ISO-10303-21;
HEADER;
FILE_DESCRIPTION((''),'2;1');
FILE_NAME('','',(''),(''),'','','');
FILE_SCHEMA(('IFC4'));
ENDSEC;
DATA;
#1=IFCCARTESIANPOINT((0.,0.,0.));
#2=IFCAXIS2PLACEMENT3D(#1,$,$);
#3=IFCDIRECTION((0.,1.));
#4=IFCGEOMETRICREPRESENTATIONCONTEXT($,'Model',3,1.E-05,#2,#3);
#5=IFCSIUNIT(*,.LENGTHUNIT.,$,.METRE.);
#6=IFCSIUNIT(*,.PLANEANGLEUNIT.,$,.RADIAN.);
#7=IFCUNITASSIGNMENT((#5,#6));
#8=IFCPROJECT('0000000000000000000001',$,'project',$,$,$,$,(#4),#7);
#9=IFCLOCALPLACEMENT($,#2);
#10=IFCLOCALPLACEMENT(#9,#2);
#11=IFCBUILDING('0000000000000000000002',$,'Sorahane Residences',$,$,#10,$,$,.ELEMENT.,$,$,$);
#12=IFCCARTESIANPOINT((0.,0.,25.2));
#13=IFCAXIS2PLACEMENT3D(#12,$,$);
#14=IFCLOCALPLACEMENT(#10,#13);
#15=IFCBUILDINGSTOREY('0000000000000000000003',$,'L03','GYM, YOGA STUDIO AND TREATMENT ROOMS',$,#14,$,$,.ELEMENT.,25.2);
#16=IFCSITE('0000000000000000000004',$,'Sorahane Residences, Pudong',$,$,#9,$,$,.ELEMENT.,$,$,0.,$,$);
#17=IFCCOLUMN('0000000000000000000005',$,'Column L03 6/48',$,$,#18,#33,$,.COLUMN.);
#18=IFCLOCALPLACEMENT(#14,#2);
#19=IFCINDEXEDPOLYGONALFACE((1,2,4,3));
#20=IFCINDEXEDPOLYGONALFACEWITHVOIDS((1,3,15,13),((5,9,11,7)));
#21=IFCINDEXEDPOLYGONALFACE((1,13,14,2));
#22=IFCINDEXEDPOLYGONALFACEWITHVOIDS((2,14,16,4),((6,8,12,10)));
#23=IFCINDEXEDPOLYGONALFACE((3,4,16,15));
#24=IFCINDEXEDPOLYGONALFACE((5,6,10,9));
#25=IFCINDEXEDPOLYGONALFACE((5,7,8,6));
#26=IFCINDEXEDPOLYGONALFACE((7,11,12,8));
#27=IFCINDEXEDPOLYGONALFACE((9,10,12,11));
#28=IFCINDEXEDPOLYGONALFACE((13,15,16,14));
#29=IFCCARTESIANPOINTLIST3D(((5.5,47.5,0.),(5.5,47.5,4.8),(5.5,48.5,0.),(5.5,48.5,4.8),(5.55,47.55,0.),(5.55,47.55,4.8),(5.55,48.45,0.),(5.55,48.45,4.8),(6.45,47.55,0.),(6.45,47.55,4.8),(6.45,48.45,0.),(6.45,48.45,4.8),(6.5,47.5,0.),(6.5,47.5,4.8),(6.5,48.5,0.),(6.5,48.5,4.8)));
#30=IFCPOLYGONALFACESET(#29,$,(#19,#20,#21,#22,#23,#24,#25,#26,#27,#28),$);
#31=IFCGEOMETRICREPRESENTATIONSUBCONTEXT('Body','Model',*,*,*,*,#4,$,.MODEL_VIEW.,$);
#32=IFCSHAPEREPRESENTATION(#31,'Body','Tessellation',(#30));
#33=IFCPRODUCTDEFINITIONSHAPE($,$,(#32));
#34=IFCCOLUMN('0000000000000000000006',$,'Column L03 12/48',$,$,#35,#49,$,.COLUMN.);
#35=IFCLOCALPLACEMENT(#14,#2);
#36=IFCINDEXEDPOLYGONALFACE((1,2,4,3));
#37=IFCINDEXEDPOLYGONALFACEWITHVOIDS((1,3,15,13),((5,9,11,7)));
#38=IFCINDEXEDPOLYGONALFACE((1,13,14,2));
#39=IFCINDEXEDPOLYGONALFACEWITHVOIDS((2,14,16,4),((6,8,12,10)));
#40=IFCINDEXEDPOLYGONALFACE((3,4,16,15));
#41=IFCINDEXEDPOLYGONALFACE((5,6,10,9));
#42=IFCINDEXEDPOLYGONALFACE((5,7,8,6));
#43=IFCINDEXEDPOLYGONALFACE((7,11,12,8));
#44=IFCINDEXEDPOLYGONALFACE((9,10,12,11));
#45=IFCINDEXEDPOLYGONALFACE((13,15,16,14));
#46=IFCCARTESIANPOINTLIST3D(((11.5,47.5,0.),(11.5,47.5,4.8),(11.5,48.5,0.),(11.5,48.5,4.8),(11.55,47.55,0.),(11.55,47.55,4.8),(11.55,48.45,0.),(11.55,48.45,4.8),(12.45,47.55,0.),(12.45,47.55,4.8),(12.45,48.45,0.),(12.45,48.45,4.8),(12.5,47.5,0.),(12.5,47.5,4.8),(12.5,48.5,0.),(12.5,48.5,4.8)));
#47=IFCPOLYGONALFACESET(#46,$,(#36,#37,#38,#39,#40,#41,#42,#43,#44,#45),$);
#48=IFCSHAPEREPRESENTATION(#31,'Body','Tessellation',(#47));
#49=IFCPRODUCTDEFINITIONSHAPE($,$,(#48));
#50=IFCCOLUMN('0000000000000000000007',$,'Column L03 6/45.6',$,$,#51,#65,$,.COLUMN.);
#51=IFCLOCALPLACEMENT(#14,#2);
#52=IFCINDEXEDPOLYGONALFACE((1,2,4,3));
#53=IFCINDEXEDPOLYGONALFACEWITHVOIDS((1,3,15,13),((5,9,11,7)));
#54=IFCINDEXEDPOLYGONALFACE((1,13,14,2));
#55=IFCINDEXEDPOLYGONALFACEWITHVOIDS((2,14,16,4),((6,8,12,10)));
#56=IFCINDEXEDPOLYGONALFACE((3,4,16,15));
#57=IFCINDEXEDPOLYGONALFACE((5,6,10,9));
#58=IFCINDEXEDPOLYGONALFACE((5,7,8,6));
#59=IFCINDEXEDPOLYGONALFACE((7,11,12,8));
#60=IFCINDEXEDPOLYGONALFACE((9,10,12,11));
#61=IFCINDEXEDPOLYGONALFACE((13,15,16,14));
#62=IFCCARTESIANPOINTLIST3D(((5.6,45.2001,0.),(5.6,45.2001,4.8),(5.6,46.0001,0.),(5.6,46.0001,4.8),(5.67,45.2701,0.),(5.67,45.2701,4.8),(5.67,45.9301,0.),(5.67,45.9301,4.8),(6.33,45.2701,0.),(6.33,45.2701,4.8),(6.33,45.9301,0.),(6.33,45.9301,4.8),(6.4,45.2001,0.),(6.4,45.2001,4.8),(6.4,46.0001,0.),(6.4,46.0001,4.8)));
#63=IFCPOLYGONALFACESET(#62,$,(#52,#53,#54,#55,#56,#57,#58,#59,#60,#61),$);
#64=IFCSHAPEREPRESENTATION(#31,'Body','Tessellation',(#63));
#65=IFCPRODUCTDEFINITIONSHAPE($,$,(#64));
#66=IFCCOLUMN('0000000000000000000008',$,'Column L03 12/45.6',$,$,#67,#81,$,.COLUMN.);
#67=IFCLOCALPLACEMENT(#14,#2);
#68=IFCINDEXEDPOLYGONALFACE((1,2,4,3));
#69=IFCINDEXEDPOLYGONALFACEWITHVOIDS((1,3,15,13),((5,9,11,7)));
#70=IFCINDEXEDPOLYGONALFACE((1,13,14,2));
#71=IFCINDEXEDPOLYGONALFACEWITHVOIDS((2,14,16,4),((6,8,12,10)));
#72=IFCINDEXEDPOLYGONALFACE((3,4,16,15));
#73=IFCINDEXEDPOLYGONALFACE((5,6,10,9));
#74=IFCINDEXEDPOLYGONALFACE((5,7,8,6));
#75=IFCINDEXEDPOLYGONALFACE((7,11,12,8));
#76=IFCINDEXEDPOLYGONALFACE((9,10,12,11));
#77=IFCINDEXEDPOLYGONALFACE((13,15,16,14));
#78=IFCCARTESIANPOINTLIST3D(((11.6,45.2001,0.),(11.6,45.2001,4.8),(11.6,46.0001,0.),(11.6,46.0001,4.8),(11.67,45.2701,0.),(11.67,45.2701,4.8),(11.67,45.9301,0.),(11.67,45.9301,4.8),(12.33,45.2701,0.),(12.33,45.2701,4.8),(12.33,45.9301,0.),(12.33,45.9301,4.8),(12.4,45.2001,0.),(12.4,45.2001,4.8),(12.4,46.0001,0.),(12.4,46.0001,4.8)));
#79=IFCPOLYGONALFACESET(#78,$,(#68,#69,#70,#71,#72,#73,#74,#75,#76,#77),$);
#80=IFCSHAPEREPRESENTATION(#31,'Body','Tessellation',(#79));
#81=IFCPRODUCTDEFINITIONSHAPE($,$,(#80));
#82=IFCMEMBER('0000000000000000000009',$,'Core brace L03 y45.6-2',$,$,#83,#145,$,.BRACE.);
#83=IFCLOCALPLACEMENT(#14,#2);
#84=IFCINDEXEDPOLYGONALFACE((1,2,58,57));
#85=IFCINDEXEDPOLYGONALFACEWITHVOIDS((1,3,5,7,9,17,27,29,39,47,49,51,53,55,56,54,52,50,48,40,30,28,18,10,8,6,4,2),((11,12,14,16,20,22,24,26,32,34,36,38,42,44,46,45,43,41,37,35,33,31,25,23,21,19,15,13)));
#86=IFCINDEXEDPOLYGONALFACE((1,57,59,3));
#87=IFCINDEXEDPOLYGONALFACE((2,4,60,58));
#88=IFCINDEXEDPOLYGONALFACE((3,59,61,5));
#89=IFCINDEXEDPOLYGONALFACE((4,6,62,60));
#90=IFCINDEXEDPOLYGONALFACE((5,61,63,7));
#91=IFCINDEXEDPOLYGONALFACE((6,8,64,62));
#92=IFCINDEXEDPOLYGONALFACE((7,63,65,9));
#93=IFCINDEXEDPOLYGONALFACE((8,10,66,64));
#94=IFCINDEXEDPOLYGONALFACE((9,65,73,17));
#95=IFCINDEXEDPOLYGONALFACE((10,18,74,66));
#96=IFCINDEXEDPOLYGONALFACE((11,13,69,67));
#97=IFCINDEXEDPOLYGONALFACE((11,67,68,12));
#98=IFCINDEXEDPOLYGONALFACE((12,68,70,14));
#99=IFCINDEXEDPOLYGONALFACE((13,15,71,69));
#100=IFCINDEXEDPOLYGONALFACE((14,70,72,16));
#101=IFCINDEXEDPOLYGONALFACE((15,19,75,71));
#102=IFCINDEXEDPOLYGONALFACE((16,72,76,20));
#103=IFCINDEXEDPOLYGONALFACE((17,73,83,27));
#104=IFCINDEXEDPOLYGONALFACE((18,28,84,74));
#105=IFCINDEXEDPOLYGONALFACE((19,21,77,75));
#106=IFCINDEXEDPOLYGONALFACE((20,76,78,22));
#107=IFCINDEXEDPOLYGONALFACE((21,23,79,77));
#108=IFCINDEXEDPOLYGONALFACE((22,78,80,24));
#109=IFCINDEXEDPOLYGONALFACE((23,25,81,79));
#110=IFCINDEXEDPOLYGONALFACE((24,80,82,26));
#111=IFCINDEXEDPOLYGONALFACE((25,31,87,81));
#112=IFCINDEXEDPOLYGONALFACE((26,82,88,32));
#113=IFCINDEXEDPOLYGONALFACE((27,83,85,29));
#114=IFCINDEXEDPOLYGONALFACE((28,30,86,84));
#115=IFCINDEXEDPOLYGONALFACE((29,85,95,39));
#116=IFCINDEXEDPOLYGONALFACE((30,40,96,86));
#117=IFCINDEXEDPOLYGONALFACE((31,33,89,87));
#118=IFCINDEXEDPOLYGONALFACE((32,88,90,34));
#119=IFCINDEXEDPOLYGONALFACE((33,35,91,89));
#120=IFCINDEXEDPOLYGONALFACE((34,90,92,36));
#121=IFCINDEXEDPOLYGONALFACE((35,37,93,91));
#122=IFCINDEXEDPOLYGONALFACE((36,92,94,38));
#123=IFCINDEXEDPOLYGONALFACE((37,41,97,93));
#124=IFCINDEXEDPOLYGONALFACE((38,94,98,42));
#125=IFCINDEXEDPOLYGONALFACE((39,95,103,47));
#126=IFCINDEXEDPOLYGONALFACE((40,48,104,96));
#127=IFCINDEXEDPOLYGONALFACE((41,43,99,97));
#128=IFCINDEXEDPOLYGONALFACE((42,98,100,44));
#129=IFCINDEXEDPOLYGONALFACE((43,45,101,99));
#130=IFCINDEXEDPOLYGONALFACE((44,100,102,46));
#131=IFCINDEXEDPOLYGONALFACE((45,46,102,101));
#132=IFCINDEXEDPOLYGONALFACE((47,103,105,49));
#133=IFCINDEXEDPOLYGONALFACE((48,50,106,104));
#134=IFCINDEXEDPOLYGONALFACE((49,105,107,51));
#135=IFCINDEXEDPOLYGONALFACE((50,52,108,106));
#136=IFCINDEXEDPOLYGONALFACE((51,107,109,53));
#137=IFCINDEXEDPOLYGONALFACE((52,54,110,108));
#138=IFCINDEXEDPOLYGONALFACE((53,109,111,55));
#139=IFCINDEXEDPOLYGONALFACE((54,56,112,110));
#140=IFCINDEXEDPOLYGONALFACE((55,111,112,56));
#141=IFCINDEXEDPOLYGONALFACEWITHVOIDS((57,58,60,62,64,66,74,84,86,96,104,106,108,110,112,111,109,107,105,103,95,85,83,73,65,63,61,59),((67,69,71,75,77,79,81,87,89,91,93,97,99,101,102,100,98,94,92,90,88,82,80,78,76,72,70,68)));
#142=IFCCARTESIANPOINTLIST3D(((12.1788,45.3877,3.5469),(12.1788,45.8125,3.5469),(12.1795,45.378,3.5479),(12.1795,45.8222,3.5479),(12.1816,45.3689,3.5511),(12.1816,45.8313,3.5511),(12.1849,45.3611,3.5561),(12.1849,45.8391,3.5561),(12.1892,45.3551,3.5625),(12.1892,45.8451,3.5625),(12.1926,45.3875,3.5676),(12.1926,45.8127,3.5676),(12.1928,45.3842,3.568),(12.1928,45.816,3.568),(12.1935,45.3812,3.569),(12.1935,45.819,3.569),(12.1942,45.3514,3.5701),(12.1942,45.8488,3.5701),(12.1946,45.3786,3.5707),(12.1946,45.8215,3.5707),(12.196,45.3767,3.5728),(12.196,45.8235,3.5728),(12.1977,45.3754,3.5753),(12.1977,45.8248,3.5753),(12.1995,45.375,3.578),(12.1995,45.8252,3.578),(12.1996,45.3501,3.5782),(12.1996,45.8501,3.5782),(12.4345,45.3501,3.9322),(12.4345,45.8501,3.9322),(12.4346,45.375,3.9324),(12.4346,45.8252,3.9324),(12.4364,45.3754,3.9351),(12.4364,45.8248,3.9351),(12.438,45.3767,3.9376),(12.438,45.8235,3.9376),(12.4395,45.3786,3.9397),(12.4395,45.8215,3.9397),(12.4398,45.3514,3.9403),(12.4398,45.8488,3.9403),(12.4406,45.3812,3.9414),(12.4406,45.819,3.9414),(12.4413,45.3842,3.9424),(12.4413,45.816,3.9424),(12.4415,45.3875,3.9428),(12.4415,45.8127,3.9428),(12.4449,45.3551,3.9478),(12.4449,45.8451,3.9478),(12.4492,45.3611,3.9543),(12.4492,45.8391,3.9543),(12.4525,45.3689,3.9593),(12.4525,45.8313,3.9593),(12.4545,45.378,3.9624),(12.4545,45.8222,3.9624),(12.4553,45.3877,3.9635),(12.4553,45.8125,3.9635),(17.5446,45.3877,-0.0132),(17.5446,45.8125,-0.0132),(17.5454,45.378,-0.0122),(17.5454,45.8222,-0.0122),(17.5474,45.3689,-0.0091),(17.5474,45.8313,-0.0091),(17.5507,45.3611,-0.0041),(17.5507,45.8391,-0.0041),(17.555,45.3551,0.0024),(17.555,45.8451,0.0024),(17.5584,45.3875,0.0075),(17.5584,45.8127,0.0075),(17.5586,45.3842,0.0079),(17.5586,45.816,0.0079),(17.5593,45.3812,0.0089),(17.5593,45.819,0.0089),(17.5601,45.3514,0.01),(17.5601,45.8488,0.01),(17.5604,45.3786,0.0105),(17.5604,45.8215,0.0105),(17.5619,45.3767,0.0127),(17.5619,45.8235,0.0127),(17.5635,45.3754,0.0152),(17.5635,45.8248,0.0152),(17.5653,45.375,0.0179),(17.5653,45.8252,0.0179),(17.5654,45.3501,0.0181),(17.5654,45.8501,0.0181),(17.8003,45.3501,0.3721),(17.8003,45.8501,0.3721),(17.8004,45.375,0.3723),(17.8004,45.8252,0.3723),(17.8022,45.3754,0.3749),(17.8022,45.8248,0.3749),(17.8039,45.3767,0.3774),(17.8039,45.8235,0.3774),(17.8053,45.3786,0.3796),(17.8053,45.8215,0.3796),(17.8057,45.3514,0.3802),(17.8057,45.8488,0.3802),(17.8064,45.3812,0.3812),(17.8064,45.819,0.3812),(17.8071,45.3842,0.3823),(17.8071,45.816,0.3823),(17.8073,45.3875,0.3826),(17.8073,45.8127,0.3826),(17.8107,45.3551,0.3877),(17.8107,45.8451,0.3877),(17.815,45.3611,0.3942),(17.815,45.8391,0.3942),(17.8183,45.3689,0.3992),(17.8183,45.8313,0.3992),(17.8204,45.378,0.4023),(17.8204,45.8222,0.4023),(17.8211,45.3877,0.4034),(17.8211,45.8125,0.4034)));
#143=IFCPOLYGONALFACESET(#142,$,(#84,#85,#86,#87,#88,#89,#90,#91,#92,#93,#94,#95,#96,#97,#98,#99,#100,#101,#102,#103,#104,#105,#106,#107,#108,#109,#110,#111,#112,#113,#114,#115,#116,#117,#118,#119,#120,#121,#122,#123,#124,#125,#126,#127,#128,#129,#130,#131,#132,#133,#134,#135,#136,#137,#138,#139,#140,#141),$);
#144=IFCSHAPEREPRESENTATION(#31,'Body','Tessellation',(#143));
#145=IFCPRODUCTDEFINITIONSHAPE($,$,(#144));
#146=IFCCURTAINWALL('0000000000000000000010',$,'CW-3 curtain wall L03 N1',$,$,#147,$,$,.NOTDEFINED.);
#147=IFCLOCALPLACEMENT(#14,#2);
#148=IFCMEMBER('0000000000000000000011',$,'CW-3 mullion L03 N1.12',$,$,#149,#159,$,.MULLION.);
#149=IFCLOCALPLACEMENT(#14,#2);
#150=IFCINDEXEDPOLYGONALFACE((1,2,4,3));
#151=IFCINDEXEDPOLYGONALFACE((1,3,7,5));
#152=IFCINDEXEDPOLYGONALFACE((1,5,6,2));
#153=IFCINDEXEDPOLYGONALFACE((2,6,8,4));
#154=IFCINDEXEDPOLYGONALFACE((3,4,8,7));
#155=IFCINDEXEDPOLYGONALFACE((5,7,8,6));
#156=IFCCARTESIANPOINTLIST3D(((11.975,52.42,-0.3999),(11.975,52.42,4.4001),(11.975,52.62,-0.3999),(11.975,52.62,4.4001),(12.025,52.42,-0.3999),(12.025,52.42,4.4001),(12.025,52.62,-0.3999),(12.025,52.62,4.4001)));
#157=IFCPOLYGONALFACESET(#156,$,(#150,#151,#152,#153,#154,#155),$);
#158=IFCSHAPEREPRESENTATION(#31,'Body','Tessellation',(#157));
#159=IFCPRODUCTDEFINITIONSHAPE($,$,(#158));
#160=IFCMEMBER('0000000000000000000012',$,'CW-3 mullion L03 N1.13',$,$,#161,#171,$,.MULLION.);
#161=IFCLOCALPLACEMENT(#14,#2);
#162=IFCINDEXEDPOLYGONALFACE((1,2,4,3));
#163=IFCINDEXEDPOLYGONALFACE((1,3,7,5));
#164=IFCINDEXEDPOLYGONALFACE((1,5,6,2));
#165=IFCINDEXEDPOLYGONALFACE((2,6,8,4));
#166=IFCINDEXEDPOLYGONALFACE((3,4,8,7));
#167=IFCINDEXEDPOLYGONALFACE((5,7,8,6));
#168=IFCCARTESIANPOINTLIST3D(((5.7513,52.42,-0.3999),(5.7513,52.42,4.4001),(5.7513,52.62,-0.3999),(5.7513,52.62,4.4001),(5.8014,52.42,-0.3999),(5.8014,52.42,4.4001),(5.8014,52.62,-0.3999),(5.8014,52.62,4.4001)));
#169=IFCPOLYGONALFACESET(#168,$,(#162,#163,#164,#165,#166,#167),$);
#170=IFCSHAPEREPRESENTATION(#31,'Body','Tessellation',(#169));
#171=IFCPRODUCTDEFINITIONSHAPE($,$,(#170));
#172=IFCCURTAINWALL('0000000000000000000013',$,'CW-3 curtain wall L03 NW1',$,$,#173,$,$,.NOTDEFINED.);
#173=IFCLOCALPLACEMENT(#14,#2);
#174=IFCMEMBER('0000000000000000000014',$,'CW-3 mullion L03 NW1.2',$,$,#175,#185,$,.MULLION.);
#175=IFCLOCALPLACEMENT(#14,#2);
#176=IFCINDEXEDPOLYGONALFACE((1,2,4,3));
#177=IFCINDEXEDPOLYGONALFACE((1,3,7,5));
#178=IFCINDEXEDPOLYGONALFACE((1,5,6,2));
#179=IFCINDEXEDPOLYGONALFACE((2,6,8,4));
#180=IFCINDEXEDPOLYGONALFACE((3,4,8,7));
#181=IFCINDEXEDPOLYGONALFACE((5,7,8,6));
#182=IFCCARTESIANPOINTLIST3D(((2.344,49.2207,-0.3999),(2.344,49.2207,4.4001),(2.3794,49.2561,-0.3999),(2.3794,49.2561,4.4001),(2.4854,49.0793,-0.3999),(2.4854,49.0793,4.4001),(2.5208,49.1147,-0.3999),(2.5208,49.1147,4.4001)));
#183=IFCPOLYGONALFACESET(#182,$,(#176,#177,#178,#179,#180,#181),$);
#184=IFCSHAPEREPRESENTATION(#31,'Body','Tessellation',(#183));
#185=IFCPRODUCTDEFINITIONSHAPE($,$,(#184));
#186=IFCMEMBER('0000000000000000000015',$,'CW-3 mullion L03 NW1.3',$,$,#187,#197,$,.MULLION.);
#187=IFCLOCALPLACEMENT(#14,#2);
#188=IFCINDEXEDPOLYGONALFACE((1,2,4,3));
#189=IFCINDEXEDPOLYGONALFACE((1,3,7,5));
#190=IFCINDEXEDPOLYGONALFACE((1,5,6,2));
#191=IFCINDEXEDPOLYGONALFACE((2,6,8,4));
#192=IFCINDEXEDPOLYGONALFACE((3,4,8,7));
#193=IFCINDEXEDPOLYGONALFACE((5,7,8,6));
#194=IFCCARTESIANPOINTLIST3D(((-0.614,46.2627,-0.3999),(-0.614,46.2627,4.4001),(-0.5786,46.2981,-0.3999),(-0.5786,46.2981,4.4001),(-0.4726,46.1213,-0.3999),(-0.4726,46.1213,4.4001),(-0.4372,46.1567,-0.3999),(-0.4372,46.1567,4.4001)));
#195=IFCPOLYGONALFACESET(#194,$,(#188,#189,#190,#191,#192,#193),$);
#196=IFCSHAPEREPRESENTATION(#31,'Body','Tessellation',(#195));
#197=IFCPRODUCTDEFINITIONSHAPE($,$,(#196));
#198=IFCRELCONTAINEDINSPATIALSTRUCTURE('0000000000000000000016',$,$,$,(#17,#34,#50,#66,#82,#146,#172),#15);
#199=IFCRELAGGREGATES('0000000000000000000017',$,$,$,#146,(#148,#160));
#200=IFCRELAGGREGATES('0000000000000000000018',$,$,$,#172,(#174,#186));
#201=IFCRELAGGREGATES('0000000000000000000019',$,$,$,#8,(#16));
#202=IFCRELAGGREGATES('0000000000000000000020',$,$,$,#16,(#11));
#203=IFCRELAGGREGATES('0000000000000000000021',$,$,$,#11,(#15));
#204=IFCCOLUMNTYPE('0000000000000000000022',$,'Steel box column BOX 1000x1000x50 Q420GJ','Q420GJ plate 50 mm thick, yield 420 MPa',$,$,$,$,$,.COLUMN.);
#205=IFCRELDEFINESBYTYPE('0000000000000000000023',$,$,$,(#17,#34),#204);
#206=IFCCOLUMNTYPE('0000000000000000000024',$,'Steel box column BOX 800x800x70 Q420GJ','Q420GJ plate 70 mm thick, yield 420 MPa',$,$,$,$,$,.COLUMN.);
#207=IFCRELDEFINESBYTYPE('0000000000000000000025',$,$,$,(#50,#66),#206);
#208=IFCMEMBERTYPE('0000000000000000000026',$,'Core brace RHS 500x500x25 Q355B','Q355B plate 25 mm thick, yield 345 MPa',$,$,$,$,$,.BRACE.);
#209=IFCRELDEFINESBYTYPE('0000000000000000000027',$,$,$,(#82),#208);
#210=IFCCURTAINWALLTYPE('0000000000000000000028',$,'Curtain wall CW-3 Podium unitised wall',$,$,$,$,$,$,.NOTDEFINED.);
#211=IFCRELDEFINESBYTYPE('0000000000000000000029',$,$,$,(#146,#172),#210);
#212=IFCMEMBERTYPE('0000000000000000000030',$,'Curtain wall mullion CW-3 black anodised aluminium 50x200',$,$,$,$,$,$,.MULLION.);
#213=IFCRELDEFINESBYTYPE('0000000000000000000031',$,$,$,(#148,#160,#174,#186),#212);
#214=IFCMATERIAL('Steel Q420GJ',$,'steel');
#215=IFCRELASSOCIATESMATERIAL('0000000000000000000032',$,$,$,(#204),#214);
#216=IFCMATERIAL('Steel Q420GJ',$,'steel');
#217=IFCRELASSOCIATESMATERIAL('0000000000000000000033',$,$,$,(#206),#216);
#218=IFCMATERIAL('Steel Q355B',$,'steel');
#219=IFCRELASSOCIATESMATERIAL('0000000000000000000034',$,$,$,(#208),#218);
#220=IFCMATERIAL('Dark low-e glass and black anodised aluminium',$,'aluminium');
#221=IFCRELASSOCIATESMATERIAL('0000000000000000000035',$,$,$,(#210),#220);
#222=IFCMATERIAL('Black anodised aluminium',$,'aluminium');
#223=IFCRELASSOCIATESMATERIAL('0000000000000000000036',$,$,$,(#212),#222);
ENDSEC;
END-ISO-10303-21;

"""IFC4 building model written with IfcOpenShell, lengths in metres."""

from ifc_helpers import new_model, si_unit, direction, frame, origin, origin_2d, place, context, subcontext, project, spatial, rectangle, hollow_rectangle, extrude, material, material_profile, profile_set, type_object, element, aggregate, save


model = new_model("IFC4")

# Units and contexts
model_context = context("Model", 3, precision=1e-05, world=origin(), true_north=direction((0.0, 1.0)))
body_context = subcontext(model_context, "Body", "Model", "MODEL_VIEW")
ifc_project = project(units=[si_unit("LENGTHUNIT", "METRE"), si_unit("PLANEANGLEUNIT", "RADIAN")], contexts=[model_context])

# Site, building, storey
site_placement = place(None, origin())
site = spatial("IfcSite", under=ifc_project, at=site_placement, Name="Sorahane Residences, Pudong", CompositionType="ELEMENT", RefElevation=0.0)
building_placement = place(site_placement, origin())
building = spatial("IfcBuilding", under=site, at=building_placement, Name="Sorahane Residences", CompositionType="ELEMENT")
storey_placement = place(building_placement, frame((0.0, 0.0, 25.2)))
storey = spatial("IfcBuildingStorey", under=building, at=storey_placement, Name="L03", Description="GYM, YOGA STUDIO AND TREATMENT ROOMS", CompositionType="ELEMENT", Elevation=25.2)

# Columns
ifc_material_1 = material(Name="Steel Q420GJ", Category="steel")
ifc_material_profile_1 = material_profile(ifc_material_1, hollow_rectangle(XDim=1.0, YDim=1.0, WallThickness=0.05, at=origin_2d()), Name="BOX 1000x1000x50")
ifc_profile_set_1 = profile_set([ifc_material_profile_1], Name="Steel Q420GJ")
column_type_1 = type_object("IfcColumnType", Name="Steel box column BOX 1000x1000x50 Q420GJ", Description="Q420GJ plate 50 mm thick, yield 420 MPa", PredefinedType="COLUMN", material=ifc_profile_set_1)
for number, where, z_axis, x_axis, name in (
    (1, (6.0, 48.0, 0.0), (0.0, 0.0, 1.0), (1.0, 0.0, 0.0), "Column L03 6/48"),
    (2, (12.0, 48.0, 0.0), (0.0, 0.0, 1.0), (1.0, 0.0, 0.0), "Column L03 12/48"),
):
    element("IfcColumn", number, at=place(storey_placement, frame(where, z_axis=z_axis, x_axis=x_axis)), inside=storey, type_object=column_type_1, Name=name, PredefinedType="COLUMN", context=body_context, shape_type="SweptSolid", body=[
        extrude(hollow_rectangle(XDim=1.0, YDim=1.0, WallThickness=0.05, at=origin_2d()), origin(), (0.0, 0.0, 1.0), 4.8),
    ])
ifc_material_2 = material(Name="Steel Q420GJ", Category="steel")
ifc_material_profile_2 = material_profile(ifc_material_2, hollow_rectangle(XDim=0.8, YDim=0.8, WallThickness=0.0701, at=origin_2d()), Name="BOX 800x800x70")
ifc_profile_set_2 = profile_set([ifc_material_profile_2], Name="Steel Q420GJ")
column_type_2 = type_object("IfcColumnType", Name="Steel box column BOX 800x800x70 Q420GJ", Description="Q420GJ plate 70 mm thick, yield 420 MPa", PredefinedType="COLUMN", material=ifc_profile_set_2)
for number, where, z_axis, x_axis, name in (
    (3, (6.0, 45.6001, 0.0), (0.0, 0.0, 1.0), (1.0, 0.0, 0.0), "Column L03 6/45.6"),
    (4, (12.0, 45.6001, 0.0), (0.0, 0.0, 1.0), (1.0, 0.0, 0.0), "Column L03 12/45.6"),
):
    element("IfcColumn", number, at=place(storey_placement, frame(where, z_axis=z_axis, x_axis=x_axis)), inside=storey, type_object=column_type_2, Name=name, PredefinedType="COLUMN", context=body_context, shape_type="SweptSolid", body=[
        extrude(hollow_rectangle(XDim=0.8, YDim=0.8, WallThickness=0.0701, at=origin_2d()), origin(), (0.0, 0.0, 1.0), 4.8),
    ])

# Member
ifc_material_3 = material(Name="Steel Q355B", Category="steel")
ifc_material_profile_3 = material_profile(ifc_material_3, hollow_rectangle(XDim=0.5, YDim=0.5, WallThickness=0.0249, InnerFilletRadius=0.0125, OuterFilletRadius=0.0376, at=origin_2d()), Name="RHS 500x500x25")
ifc_profile_set_3 = profile_set([ifc_material_profile_3], Name="Steel Q355B")
member_type_1 = type_object("IfcMemberType", Name="Core brace RHS 500x500x25 Q355B", Description="Q355B plate 25 mm thick, yield 345 MPa", PredefinedType="BRACE", material=ifc_profile_set_3)
member_1_placement = place(storey_placement, frame((17.6829, 45.6001, 0.1951), z_axis=(-0.833273, 0.0, 0.552861), x_axis=(0.0, -1.0, 0.0)))
element("IfcMember", 5, at=member_1_placement, inside=storey, type_object=member_type_1, Name="Core brace L03 y45.6-2", PredefinedType="BRACE", context=body_context, shape_type="SweptSolid", body=[
    extrude(hollow_rectangle(XDim=0.5, YDim=0.5, WallThickness=0.0249, InnerFilletRadius=0.0125, OuterFilletRadius=0.0376, at=origin_2d()), origin(), (0.0, 0.0, 1.0), 6.4395),
])

# Curtain walls, members
ifc_material_4 = material(Name="Dark low-e glass and black anodised aluminium", Category="aluminium")
curtain_wall_type = type_object("IfcCurtainWallType", Name="Curtain wall CW-3 Podium unitised wall", PredefinedType="NOTDEFINED", material=ifc_material_4)
curtain_wall_1_placement = place(storey_placement, origin())
curtain_wall_1 = element("IfcCurtainWall", 6, at=curtain_wall_1_placement, inside=storey, type_object=curtain_wall_type, Name="CW-3 curtain wall L03 N1", PredefinedType="NOTDEFINED")
ifc_material_5 = material(Name="Black anodised aluminium", Category="aluminium")
ifc_material_profile_4 = material_profile(ifc_material_5, rectangle(XDim=0.2, YDim=0.05, at=origin_2d()), Name="Curtain wall mullion CW-3 black anodised aluminium 50x200")
ifc_profile_set_4 = profile_set([ifc_material_profile_4], Name="Black anodised aluminium")
member_type_2 = type_object("IfcMemberType", Name="Curtain wall mullion CW-3 black anodised aluminium 50x200", PredefinedType="MULLION", material=ifc_profile_set_4)
member_2_placement = place(storey_placement, frame((12.0, 52.52, -0.3999), z_axis=(0.0, 0.0, 1.0), x_axis=(0.0, 1.0, 0.0)))
member_2 = element("IfcMember", 7, at=member_2_placement, type_object=member_type_2, Name="CW-3 mullion L03 N1.12", PredefinedType="MULLION", context=body_context, shape_type="SweptSolid", body=[
    extrude(rectangle(XDim=0.2, YDim=0.05, at=origin_2d()), origin(), (0.0, 0.0, 1.0), 4.8),
])
member_3_placement = place(storey_placement, frame((5.7764, 52.52, -0.3999), z_axis=(0.0, 0.0, 1.0), x_axis=(0.0, 1.0, 0.0)))
member_3 = element("IfcMember", 8, at=member_3_placement, type_object=member_type_2, Name="CW-3 mullion L03 N1.13", PredefinedType="MULLION", context=body_context, shape_type="SweptSolid", body=[
    extrude(rectangle(XDim=0.2, YDim=0.05, at=origin_2d()), origin(), (0.0, 0.0, 1.0), 4.8),
])
curtain_wall_2_placement = place(storey_placement, origin())
curtain_wall_2 = element("IfcCurtainWall", 9, at=curtain_wall_2_placement, inside=storey, type_object=curtain_wall_type, Name="CW-3 curtain wall L03 NW1", PredefinedType="NOTDEFINED")
member_4_placement = place(storey_placement, frame((2.4324, 49.1677, -0.3999), z_axis=(0.0, 0.0, 1.0), x_axis=(-0.707107, 0.707107, 0.0)))
member_4 = element("IfcMember", 10, at=member_4_placement, type_object=member_type_2, Name="CW-3 mullion L03 NW1.2", PredefinedType="MULLION", context=body_context, shape_type="SweptSolid", body=[
    extrude(rectangle(XDim=0.2, YDim=0.05, at=origin_2d()), origin(), (0.0, 0.0, 1.0), 4.8),
])
member_5_placement = place(storey_placement, frame((-0.5256, 46.2097, -0.3999), z_axis=(0.0, 0.0, 1.0), x_axis=(-0.707107, 0.707107, 0.0)))
member_5 = element("IfcMember", 11, at=member_5_placement, type_object=member_type_2, Name="CW-3 mullion L03 NW1.3", PredefinedType="MULLION", context=body_context, shape_type="SweptSolid", body=[
    extrude(rectangle(XDim=0.2, YDim=0.05, at=origin_2d()), origin(), (0.0, 0.0, 1.0), 4.8),
])

aggregate(curtain_wall_1, [member_2, member_3])
aggregate(curtain_wall_2, [member_4, member_5])

save(model, "model.ifc")
